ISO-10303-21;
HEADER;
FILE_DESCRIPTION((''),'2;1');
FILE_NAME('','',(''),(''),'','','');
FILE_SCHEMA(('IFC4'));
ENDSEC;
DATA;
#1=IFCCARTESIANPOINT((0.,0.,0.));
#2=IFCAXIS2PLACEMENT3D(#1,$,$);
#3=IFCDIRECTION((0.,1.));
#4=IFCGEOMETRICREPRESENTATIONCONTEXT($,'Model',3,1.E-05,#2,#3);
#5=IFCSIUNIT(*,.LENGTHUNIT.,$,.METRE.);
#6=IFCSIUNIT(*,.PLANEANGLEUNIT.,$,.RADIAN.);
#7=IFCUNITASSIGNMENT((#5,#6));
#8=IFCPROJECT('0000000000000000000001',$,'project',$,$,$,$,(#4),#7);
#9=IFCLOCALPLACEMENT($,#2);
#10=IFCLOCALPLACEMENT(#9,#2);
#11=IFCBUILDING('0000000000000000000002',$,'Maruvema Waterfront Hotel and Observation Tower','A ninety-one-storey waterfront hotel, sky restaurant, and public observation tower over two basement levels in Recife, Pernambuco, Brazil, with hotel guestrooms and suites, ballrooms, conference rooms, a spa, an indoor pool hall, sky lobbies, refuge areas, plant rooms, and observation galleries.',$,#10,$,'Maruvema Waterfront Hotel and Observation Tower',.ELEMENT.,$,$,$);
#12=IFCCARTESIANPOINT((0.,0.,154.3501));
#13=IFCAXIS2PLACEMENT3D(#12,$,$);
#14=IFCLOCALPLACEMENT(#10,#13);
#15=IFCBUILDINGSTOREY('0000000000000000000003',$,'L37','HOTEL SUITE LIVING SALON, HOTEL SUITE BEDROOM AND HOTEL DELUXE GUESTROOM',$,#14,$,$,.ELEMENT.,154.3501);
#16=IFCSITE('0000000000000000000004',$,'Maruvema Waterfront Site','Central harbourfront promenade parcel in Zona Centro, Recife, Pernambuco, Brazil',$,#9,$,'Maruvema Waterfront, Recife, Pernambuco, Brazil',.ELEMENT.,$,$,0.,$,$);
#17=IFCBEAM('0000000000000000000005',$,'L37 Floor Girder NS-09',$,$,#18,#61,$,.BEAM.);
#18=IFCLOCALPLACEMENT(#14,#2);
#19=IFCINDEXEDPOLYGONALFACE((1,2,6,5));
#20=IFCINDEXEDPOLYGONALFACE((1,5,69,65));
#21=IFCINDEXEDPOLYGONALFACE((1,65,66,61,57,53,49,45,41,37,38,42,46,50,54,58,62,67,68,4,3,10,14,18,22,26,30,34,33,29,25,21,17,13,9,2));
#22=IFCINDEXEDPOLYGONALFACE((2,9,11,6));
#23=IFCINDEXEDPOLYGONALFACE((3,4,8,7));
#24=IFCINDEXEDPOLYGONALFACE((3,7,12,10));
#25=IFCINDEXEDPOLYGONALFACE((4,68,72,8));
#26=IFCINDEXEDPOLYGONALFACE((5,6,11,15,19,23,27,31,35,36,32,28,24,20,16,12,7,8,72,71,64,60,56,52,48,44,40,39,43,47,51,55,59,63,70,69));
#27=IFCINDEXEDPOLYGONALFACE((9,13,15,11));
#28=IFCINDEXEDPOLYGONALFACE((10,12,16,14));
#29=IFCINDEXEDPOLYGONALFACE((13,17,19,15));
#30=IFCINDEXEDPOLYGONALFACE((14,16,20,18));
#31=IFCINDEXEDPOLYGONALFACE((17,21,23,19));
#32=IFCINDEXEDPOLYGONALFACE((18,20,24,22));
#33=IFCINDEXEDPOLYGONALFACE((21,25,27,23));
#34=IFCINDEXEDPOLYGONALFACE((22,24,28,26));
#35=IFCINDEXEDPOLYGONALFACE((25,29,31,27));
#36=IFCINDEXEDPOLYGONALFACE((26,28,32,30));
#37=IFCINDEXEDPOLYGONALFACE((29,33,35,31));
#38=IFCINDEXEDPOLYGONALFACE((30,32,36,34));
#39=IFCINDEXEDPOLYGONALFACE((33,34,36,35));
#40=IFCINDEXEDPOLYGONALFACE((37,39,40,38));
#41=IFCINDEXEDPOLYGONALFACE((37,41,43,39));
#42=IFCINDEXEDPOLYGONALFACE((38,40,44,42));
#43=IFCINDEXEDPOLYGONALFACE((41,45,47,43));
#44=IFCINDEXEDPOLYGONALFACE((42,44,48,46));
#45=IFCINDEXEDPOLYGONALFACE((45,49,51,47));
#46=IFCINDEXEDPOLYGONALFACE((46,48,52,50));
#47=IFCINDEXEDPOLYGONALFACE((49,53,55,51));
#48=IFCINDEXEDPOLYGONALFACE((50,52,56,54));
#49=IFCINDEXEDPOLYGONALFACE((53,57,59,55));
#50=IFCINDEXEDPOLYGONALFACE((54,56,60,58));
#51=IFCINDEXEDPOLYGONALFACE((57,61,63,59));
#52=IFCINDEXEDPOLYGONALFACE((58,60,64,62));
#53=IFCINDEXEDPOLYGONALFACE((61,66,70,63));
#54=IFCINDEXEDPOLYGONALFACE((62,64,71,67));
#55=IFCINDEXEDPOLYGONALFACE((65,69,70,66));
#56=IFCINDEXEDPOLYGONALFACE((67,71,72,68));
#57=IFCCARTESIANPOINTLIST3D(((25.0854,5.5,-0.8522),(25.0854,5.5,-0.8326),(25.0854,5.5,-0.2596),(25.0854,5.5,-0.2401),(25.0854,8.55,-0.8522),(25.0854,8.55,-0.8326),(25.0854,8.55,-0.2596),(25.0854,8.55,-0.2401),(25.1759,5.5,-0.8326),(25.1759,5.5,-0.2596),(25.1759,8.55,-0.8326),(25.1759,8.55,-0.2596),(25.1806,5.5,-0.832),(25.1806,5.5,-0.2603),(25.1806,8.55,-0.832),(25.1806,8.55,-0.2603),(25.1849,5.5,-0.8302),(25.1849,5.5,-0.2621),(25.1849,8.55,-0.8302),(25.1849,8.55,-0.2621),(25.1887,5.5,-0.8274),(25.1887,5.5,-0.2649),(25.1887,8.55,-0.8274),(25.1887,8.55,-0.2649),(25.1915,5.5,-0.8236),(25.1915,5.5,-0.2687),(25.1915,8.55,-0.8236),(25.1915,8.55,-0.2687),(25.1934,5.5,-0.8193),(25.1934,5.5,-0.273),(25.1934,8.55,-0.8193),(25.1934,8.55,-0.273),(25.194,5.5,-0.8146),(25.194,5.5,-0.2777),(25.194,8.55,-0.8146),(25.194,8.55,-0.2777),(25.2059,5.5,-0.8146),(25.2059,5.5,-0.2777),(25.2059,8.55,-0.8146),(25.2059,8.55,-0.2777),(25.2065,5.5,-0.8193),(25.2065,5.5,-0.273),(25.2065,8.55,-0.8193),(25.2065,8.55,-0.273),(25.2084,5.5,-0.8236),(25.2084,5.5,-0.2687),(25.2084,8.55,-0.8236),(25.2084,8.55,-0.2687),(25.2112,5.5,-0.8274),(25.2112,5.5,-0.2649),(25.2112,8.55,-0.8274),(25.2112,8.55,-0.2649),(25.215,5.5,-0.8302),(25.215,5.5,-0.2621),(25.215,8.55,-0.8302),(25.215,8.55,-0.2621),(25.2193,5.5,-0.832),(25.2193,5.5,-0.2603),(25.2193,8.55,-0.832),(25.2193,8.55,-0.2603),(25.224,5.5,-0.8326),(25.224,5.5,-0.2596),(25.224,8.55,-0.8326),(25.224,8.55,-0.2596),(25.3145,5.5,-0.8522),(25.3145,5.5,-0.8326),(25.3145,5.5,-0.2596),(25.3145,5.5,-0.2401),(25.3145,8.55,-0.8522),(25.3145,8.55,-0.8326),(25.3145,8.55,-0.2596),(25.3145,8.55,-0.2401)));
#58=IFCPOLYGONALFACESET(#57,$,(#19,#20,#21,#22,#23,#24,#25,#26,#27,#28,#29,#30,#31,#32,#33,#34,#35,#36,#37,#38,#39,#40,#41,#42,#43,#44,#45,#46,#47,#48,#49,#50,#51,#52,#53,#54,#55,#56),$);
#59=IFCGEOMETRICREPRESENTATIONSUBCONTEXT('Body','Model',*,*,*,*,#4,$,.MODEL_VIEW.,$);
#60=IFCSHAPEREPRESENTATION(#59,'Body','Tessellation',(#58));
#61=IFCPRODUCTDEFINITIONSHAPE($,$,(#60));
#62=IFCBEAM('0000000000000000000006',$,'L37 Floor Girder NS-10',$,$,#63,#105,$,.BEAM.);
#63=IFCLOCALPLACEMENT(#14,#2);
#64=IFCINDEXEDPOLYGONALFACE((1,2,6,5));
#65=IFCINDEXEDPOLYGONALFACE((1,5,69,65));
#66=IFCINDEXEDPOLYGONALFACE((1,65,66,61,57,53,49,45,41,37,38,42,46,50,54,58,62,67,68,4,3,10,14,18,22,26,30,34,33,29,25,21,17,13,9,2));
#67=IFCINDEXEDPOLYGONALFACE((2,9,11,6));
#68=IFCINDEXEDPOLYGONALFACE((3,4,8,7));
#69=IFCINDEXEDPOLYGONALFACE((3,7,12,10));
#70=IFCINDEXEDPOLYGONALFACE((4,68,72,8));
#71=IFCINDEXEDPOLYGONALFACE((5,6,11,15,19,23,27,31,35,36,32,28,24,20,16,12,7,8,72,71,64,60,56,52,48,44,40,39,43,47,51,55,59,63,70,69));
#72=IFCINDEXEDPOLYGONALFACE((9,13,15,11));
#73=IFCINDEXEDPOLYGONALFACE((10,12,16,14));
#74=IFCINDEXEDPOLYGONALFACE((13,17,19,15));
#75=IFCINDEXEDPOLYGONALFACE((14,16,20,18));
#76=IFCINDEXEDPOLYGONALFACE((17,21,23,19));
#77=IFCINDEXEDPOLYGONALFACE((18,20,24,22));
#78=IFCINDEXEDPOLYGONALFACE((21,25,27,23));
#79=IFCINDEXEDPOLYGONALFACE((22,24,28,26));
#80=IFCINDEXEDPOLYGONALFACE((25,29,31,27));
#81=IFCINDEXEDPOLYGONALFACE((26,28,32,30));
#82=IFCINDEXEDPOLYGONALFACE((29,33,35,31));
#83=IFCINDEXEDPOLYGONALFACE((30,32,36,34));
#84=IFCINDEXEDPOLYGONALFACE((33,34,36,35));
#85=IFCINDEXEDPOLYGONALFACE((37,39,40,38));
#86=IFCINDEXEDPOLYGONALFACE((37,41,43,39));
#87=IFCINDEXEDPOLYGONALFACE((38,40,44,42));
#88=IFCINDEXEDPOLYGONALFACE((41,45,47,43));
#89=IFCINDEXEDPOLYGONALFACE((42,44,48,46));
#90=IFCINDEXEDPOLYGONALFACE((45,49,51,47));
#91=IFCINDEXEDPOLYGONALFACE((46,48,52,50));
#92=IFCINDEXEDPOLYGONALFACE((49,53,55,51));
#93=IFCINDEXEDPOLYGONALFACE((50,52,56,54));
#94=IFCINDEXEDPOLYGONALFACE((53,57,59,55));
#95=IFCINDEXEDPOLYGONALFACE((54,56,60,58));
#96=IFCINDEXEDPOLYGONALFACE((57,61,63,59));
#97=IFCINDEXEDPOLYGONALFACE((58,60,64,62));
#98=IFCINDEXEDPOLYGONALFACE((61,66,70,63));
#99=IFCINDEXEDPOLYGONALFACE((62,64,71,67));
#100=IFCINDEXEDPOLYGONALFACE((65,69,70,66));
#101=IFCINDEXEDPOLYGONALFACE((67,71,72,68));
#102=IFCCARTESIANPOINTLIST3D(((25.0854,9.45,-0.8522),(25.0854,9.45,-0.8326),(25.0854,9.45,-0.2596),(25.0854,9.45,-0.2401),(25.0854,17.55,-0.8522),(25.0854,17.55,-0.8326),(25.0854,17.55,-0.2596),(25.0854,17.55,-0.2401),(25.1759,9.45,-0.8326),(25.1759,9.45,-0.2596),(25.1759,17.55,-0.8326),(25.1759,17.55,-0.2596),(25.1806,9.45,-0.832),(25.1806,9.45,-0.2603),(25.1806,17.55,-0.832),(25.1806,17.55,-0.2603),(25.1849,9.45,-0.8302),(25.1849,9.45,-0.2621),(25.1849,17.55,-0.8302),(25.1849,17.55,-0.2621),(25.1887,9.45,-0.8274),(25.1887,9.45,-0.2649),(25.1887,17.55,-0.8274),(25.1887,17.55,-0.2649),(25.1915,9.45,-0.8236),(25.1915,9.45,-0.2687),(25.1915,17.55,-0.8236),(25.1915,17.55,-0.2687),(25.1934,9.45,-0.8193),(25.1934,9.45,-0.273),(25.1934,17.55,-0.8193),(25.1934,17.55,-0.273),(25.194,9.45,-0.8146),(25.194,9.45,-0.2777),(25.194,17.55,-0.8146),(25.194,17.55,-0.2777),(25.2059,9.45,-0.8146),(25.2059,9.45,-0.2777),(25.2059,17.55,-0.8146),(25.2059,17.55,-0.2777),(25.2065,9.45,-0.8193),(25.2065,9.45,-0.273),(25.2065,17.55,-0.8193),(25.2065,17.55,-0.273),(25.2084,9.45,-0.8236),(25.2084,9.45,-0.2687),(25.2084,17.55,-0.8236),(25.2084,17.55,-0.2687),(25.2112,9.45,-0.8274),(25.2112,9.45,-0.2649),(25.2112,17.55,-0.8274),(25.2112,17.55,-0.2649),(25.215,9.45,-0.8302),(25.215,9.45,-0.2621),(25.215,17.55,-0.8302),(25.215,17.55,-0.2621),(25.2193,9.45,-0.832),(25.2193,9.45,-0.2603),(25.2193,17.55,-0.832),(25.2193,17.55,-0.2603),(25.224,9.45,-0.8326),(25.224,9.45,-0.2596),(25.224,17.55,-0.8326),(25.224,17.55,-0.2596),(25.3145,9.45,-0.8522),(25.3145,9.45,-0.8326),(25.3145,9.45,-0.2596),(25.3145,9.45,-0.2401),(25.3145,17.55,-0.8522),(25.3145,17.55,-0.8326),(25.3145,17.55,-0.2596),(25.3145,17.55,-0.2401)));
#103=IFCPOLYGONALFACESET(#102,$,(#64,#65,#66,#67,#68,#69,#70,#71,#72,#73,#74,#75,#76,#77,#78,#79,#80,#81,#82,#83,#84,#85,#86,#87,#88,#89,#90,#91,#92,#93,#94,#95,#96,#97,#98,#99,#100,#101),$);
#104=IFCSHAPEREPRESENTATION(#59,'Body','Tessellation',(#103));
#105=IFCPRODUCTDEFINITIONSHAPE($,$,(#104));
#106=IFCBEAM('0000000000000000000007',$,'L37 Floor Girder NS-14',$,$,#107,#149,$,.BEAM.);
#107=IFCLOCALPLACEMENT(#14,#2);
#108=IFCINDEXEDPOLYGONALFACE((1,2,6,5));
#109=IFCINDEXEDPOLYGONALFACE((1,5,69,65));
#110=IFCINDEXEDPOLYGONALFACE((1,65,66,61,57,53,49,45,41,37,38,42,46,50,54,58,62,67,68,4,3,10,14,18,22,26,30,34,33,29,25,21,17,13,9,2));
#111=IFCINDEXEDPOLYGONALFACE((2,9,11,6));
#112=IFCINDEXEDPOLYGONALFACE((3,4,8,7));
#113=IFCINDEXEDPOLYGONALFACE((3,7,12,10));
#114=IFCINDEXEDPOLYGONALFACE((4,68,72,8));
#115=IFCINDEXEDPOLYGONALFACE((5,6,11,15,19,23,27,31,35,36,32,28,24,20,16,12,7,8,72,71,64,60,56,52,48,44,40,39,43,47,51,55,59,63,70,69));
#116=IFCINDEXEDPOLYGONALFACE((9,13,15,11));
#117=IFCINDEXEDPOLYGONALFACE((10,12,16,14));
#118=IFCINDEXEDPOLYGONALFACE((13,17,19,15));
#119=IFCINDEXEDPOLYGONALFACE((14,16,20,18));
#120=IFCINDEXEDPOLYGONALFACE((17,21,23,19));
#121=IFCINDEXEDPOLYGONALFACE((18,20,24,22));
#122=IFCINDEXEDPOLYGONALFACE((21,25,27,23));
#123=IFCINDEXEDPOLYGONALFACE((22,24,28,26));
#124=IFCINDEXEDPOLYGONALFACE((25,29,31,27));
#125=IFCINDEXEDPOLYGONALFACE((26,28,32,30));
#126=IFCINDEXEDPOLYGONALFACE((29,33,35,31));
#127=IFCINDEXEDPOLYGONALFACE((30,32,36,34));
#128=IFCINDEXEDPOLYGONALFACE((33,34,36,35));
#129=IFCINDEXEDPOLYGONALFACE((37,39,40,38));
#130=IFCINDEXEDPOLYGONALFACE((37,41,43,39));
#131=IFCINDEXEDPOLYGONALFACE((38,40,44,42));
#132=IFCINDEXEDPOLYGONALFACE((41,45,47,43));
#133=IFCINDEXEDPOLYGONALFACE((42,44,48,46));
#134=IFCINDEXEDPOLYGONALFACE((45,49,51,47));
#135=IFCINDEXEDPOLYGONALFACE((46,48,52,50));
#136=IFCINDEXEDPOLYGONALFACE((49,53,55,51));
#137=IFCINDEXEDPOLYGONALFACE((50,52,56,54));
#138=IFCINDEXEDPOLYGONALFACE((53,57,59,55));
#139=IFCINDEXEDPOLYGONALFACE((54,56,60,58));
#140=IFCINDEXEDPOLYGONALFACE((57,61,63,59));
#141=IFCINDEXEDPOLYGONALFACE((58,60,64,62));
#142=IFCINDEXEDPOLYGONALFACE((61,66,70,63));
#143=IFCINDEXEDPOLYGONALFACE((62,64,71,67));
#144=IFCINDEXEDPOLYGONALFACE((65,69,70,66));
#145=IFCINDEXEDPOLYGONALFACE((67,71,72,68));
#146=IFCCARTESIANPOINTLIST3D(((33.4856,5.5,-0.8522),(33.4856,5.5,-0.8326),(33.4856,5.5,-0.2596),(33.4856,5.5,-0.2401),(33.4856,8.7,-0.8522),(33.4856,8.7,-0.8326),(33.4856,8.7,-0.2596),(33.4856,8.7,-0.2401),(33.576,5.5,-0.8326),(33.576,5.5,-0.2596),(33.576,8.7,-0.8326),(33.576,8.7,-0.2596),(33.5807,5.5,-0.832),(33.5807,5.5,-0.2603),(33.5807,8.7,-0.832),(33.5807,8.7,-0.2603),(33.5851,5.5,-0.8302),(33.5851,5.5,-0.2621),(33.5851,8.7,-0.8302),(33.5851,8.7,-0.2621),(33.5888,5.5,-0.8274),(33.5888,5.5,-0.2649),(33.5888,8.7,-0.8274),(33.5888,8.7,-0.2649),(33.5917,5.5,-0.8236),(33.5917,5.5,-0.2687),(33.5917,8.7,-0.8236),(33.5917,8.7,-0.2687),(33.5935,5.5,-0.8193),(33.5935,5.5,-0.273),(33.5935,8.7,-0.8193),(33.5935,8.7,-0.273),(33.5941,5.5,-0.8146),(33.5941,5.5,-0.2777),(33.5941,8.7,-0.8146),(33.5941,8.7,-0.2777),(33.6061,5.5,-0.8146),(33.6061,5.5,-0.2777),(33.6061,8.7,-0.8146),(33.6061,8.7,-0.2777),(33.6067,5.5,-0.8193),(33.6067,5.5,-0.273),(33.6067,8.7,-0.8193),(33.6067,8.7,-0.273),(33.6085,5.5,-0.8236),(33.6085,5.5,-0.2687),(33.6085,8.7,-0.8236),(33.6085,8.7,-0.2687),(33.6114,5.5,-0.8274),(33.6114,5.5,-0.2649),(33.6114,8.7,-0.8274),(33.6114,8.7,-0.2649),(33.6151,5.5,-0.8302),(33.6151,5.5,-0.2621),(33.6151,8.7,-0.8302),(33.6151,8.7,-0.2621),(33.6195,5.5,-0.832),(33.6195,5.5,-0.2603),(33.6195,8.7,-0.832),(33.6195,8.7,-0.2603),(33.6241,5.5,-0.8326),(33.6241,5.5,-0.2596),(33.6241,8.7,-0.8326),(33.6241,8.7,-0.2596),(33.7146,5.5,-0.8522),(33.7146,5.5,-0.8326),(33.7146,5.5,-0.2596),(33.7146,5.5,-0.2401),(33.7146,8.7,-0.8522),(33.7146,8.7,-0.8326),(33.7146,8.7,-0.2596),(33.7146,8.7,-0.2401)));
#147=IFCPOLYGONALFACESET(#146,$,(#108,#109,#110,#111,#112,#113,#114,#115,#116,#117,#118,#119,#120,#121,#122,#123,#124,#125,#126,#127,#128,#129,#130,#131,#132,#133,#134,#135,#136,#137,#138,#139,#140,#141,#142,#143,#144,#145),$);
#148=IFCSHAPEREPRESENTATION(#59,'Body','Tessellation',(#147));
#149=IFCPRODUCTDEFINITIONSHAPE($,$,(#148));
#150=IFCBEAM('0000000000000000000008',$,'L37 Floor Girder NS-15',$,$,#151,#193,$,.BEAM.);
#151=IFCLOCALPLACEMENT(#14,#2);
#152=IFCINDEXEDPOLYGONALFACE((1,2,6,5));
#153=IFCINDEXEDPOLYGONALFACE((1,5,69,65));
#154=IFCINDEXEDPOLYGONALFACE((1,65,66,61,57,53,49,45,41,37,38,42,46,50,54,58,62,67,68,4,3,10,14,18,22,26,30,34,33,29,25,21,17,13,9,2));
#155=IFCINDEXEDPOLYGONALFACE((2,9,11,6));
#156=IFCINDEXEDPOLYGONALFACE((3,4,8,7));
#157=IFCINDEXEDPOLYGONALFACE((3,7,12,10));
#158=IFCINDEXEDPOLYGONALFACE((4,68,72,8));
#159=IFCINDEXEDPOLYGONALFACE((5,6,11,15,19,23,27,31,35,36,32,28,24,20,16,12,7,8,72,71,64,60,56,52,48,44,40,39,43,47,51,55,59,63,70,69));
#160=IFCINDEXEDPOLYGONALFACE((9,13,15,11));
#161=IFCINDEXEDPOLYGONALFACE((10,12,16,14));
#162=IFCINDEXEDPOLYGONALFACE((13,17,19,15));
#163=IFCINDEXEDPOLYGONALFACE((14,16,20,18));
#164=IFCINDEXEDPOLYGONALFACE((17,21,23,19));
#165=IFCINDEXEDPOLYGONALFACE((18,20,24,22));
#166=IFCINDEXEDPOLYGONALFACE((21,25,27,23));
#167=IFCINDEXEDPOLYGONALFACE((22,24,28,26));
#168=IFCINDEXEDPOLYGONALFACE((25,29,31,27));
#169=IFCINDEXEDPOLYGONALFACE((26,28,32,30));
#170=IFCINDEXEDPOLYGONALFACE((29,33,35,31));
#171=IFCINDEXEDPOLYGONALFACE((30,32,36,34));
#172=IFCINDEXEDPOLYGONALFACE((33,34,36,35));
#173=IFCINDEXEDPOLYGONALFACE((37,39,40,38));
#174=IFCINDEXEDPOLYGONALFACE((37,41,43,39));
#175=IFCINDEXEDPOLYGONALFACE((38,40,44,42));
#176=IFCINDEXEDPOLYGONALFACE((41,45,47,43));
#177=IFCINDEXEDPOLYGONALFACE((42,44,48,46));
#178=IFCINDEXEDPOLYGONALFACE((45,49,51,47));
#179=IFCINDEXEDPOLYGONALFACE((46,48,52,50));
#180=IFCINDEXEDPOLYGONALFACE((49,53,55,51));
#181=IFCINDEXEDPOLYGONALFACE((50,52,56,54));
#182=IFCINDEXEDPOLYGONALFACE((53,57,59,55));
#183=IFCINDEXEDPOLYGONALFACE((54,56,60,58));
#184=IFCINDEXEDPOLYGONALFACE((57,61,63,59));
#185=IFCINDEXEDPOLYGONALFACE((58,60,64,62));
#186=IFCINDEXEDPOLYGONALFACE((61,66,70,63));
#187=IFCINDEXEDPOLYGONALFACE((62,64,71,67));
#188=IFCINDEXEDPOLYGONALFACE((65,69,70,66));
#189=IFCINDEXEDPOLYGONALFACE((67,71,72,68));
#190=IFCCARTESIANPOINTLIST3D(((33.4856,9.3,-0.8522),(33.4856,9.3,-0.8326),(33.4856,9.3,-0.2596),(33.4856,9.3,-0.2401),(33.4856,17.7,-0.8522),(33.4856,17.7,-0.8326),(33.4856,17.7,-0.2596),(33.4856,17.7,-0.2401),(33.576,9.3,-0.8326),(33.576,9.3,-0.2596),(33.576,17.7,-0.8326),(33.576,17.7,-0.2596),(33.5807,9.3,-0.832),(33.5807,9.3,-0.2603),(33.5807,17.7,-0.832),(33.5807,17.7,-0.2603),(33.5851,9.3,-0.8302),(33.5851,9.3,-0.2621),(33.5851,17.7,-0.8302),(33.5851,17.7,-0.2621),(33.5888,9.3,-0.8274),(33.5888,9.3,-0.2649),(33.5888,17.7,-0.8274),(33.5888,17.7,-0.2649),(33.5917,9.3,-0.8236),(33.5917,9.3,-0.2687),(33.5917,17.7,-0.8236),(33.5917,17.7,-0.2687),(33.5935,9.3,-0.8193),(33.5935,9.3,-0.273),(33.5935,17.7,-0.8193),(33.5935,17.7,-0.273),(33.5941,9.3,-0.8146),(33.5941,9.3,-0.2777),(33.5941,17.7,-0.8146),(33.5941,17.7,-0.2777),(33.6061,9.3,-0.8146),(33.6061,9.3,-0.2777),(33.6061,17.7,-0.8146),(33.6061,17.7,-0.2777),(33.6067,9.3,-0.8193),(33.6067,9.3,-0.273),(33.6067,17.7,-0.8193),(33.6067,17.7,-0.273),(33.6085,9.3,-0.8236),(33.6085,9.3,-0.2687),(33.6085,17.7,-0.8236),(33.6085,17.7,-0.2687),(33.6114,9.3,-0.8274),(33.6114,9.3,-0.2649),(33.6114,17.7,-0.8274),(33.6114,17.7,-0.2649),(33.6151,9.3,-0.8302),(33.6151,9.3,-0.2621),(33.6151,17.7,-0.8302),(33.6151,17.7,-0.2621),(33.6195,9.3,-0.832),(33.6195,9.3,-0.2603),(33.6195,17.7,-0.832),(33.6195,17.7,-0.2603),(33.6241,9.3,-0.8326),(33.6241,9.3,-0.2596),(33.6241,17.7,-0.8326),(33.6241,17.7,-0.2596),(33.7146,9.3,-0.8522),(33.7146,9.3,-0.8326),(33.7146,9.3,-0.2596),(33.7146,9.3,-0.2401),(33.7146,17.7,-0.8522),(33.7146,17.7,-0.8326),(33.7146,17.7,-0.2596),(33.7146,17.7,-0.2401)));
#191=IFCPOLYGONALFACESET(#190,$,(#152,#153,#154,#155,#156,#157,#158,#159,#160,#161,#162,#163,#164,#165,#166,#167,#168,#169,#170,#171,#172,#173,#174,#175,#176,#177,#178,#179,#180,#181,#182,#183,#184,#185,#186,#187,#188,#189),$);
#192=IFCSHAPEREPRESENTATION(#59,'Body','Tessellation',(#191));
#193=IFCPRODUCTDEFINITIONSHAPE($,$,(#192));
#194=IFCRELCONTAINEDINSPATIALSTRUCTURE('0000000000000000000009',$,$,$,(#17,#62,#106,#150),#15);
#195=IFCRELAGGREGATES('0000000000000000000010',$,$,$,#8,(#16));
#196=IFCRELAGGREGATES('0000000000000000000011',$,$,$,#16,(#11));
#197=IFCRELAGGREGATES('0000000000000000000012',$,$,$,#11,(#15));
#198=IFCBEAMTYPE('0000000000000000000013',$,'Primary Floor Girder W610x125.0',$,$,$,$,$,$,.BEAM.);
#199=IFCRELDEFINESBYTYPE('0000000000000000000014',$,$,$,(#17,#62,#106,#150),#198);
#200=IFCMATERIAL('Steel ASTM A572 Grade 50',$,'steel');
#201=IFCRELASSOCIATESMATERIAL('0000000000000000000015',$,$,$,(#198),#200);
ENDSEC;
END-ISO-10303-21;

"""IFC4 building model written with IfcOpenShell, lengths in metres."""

from ifc_helpers import new_model, si_unit, direction, frame, origin, origin_2d, place, context, subcontext, project, spatial, i_section, extrude, material, material_profile, profile_set, type_object, element, save


model = new_model("IFC4")

# Units and contexts
model_context = context("Model", 3, precision=1e-05, world=origin(), true_north=direction((0.0, 1.0)))
body_context = subcontext(model_context, "Body", "Model", "MODEL_VIEW")
ifc_project = project(units=[si_unit("LENGTHUNIT", "METRE"), si_unit("PLANEANGLEUNIT", "RADIAN")], contexts=[model_context])

# Site, building, storey
site_placement = place(None, origin())
site = spatial("IfcSite", under=ifc_project, at=site_placement, Name="Maruvema Waterfront Site", Description="Central harbourfront promenade parcel in Zona Centro, Recife, Pernambuco, Brazil", LongName="Maruvema Waterfront, Recife, Pernambuco, Brazil", CompositionType="ELEMENT", RefElevation=0.0)
building_placement = place(site_placement, origin())
building = spatial("IfcBuilding", under=site, at=building_placement, Name="Maruvema Waterfront Hotel and Observation Tower", Description="A ninety-one-storey waterfront hotel, sky restaurant, and public observation tower over two basement levels in Recife, Pernambuco, Brazil, with hotel guestrooms and suites, ballrooms, conference rooms, a spa, an indoor pool hall, sky lobbies, refuge areas, plant rooms, and observation galleries.", LongName="Maruvema Waterfront Hotel and Observation Tower", CompositionType="ELEMENT")
storey_placement = place(building_placement, frame((0.0, 0.0, 154.3501)))
storey = spatial("IfcBuildingStorey", under=building, at=storey_placement, Name="L37", Description="HOTEL SUITE LIVING SALON, HOTEL SUITE BEDROOM AND HOTEL DELUXE GUESTROOM", CompositionType="ELEMENT", Elevation=154.3501)

# Beams
ifc_material_1 = material(Name="Steel ASTM A572 Grade 50", Category="steel")
ifc_material_profile_1 = material_profile(ifc_material_1, i_section(OverallWidth=0.229, OverallDepth=0.6121, WebThickness=0.012, FlangeThickness=0.0195, FilletRadius=0.0181, at=origin_2d()), Name="W610x125.0")
ifc_profile_set_1 = profile_set([ifc_material_profile_1], Name="Steel ASTM A572 Grade 50")
beam_type_1 = type_object("IfcBeamType", Name="Primary Floor Girder W610x125.0", PredefinedType="BEAM", material=ifc_profile_set_1)
beam_1_placement = place(storey_placement, frame((25.2, 5.5, -0.5461), z_axis=(0.0, 1.0, 0.0), x_axis=(-1.0, 0.0, 0.0)))
element("IfcBeam", 1, at=beam_1_placement, inside=storey, type_object=beam_type_1, Name="L37 Floor Girder NS-09", PredefinedType="BEAM", context=body_context, shape_type="SweptSolid", body=[
    extrude(i_section(OverallWidth=0.229, OverallDepth=0.6121, WebThickness=0.012, FlangeThickness=0.0195, FilletRadius=0.0181, at=origin_2d()), origin(), (0.0, 0.0, 1.0), 3.05),
])
beam_2_placement = place(storey_placement, frame((25.2, 9.45, -0.5461), z_axis=(0.0, 1.0, 0.0), x_axis=(-1.0, 0.0, 0.0)))
element("IfcBeam", 2, at=beam_2_placement, inside=storey, type_object=beam_type_1, Name="L37 Floor Girder NS-10", PredefinedType="BEAM", context=body_context, shape_type="SweptSolid", body=[
    extrude(i_section(OverallWidth=0.229, OverallDepth=0.6121, WebThickness=0.012, FlangeThickness=0.0195, FilletRadius=0.0181, at=origin_2d()), origin(), (0.0, 0.0, 1.0), 8.1001),
])
beam_3_placement = place(storey_placement, frame((33.6001, 5.5, -0.5461), z_axis=(0.0, 1.0, 0.0), x_axis=(-1.0, 0.0, 0.0)))
element("IfcBeam", 3, at=beam_3_placement, inside=storey, type_object=beam_type_1, Name="L37 Floor Girder NS-14", PredefinedType="BEAM", context=body_context, shape_type="SweptSolid", body=[
    extrude(i_section(OverallWidth=0.229, OverallDepth=0.6121, WebThickness=0.012, FlangeThickness=0.0195, FilletRadius=0.0181, at=origin_2d()), origin(), (0.0, 0.0, 1.0), 3.2),
])
beam_4_placement = place(storey_placement, frame((33.6001, 9.3, -0.5461), z_axis=(0.0, 1.0, 0.0), x_axis=(-1.0, 0.0, 0.0)))
element("IfcBeam", 4, at=beam_4_placement, inside=storey, type_object=beam_type_1, Name="L37 Floor Girder NS-15", PredefinedType="BEAM", context=body_context, shape_type="SweptSolid", body=[
    extrude(i_section(OverallWidth=0.229, OverallDepth=0.6121, WebThickness=0.012, FlangeThickness=0.0195, FilletRadius=0.0181, at=origin_2d()), origin(), (0.0, 0.0, 1.0), 8.3999),
])

save(model, "model.ifc")
